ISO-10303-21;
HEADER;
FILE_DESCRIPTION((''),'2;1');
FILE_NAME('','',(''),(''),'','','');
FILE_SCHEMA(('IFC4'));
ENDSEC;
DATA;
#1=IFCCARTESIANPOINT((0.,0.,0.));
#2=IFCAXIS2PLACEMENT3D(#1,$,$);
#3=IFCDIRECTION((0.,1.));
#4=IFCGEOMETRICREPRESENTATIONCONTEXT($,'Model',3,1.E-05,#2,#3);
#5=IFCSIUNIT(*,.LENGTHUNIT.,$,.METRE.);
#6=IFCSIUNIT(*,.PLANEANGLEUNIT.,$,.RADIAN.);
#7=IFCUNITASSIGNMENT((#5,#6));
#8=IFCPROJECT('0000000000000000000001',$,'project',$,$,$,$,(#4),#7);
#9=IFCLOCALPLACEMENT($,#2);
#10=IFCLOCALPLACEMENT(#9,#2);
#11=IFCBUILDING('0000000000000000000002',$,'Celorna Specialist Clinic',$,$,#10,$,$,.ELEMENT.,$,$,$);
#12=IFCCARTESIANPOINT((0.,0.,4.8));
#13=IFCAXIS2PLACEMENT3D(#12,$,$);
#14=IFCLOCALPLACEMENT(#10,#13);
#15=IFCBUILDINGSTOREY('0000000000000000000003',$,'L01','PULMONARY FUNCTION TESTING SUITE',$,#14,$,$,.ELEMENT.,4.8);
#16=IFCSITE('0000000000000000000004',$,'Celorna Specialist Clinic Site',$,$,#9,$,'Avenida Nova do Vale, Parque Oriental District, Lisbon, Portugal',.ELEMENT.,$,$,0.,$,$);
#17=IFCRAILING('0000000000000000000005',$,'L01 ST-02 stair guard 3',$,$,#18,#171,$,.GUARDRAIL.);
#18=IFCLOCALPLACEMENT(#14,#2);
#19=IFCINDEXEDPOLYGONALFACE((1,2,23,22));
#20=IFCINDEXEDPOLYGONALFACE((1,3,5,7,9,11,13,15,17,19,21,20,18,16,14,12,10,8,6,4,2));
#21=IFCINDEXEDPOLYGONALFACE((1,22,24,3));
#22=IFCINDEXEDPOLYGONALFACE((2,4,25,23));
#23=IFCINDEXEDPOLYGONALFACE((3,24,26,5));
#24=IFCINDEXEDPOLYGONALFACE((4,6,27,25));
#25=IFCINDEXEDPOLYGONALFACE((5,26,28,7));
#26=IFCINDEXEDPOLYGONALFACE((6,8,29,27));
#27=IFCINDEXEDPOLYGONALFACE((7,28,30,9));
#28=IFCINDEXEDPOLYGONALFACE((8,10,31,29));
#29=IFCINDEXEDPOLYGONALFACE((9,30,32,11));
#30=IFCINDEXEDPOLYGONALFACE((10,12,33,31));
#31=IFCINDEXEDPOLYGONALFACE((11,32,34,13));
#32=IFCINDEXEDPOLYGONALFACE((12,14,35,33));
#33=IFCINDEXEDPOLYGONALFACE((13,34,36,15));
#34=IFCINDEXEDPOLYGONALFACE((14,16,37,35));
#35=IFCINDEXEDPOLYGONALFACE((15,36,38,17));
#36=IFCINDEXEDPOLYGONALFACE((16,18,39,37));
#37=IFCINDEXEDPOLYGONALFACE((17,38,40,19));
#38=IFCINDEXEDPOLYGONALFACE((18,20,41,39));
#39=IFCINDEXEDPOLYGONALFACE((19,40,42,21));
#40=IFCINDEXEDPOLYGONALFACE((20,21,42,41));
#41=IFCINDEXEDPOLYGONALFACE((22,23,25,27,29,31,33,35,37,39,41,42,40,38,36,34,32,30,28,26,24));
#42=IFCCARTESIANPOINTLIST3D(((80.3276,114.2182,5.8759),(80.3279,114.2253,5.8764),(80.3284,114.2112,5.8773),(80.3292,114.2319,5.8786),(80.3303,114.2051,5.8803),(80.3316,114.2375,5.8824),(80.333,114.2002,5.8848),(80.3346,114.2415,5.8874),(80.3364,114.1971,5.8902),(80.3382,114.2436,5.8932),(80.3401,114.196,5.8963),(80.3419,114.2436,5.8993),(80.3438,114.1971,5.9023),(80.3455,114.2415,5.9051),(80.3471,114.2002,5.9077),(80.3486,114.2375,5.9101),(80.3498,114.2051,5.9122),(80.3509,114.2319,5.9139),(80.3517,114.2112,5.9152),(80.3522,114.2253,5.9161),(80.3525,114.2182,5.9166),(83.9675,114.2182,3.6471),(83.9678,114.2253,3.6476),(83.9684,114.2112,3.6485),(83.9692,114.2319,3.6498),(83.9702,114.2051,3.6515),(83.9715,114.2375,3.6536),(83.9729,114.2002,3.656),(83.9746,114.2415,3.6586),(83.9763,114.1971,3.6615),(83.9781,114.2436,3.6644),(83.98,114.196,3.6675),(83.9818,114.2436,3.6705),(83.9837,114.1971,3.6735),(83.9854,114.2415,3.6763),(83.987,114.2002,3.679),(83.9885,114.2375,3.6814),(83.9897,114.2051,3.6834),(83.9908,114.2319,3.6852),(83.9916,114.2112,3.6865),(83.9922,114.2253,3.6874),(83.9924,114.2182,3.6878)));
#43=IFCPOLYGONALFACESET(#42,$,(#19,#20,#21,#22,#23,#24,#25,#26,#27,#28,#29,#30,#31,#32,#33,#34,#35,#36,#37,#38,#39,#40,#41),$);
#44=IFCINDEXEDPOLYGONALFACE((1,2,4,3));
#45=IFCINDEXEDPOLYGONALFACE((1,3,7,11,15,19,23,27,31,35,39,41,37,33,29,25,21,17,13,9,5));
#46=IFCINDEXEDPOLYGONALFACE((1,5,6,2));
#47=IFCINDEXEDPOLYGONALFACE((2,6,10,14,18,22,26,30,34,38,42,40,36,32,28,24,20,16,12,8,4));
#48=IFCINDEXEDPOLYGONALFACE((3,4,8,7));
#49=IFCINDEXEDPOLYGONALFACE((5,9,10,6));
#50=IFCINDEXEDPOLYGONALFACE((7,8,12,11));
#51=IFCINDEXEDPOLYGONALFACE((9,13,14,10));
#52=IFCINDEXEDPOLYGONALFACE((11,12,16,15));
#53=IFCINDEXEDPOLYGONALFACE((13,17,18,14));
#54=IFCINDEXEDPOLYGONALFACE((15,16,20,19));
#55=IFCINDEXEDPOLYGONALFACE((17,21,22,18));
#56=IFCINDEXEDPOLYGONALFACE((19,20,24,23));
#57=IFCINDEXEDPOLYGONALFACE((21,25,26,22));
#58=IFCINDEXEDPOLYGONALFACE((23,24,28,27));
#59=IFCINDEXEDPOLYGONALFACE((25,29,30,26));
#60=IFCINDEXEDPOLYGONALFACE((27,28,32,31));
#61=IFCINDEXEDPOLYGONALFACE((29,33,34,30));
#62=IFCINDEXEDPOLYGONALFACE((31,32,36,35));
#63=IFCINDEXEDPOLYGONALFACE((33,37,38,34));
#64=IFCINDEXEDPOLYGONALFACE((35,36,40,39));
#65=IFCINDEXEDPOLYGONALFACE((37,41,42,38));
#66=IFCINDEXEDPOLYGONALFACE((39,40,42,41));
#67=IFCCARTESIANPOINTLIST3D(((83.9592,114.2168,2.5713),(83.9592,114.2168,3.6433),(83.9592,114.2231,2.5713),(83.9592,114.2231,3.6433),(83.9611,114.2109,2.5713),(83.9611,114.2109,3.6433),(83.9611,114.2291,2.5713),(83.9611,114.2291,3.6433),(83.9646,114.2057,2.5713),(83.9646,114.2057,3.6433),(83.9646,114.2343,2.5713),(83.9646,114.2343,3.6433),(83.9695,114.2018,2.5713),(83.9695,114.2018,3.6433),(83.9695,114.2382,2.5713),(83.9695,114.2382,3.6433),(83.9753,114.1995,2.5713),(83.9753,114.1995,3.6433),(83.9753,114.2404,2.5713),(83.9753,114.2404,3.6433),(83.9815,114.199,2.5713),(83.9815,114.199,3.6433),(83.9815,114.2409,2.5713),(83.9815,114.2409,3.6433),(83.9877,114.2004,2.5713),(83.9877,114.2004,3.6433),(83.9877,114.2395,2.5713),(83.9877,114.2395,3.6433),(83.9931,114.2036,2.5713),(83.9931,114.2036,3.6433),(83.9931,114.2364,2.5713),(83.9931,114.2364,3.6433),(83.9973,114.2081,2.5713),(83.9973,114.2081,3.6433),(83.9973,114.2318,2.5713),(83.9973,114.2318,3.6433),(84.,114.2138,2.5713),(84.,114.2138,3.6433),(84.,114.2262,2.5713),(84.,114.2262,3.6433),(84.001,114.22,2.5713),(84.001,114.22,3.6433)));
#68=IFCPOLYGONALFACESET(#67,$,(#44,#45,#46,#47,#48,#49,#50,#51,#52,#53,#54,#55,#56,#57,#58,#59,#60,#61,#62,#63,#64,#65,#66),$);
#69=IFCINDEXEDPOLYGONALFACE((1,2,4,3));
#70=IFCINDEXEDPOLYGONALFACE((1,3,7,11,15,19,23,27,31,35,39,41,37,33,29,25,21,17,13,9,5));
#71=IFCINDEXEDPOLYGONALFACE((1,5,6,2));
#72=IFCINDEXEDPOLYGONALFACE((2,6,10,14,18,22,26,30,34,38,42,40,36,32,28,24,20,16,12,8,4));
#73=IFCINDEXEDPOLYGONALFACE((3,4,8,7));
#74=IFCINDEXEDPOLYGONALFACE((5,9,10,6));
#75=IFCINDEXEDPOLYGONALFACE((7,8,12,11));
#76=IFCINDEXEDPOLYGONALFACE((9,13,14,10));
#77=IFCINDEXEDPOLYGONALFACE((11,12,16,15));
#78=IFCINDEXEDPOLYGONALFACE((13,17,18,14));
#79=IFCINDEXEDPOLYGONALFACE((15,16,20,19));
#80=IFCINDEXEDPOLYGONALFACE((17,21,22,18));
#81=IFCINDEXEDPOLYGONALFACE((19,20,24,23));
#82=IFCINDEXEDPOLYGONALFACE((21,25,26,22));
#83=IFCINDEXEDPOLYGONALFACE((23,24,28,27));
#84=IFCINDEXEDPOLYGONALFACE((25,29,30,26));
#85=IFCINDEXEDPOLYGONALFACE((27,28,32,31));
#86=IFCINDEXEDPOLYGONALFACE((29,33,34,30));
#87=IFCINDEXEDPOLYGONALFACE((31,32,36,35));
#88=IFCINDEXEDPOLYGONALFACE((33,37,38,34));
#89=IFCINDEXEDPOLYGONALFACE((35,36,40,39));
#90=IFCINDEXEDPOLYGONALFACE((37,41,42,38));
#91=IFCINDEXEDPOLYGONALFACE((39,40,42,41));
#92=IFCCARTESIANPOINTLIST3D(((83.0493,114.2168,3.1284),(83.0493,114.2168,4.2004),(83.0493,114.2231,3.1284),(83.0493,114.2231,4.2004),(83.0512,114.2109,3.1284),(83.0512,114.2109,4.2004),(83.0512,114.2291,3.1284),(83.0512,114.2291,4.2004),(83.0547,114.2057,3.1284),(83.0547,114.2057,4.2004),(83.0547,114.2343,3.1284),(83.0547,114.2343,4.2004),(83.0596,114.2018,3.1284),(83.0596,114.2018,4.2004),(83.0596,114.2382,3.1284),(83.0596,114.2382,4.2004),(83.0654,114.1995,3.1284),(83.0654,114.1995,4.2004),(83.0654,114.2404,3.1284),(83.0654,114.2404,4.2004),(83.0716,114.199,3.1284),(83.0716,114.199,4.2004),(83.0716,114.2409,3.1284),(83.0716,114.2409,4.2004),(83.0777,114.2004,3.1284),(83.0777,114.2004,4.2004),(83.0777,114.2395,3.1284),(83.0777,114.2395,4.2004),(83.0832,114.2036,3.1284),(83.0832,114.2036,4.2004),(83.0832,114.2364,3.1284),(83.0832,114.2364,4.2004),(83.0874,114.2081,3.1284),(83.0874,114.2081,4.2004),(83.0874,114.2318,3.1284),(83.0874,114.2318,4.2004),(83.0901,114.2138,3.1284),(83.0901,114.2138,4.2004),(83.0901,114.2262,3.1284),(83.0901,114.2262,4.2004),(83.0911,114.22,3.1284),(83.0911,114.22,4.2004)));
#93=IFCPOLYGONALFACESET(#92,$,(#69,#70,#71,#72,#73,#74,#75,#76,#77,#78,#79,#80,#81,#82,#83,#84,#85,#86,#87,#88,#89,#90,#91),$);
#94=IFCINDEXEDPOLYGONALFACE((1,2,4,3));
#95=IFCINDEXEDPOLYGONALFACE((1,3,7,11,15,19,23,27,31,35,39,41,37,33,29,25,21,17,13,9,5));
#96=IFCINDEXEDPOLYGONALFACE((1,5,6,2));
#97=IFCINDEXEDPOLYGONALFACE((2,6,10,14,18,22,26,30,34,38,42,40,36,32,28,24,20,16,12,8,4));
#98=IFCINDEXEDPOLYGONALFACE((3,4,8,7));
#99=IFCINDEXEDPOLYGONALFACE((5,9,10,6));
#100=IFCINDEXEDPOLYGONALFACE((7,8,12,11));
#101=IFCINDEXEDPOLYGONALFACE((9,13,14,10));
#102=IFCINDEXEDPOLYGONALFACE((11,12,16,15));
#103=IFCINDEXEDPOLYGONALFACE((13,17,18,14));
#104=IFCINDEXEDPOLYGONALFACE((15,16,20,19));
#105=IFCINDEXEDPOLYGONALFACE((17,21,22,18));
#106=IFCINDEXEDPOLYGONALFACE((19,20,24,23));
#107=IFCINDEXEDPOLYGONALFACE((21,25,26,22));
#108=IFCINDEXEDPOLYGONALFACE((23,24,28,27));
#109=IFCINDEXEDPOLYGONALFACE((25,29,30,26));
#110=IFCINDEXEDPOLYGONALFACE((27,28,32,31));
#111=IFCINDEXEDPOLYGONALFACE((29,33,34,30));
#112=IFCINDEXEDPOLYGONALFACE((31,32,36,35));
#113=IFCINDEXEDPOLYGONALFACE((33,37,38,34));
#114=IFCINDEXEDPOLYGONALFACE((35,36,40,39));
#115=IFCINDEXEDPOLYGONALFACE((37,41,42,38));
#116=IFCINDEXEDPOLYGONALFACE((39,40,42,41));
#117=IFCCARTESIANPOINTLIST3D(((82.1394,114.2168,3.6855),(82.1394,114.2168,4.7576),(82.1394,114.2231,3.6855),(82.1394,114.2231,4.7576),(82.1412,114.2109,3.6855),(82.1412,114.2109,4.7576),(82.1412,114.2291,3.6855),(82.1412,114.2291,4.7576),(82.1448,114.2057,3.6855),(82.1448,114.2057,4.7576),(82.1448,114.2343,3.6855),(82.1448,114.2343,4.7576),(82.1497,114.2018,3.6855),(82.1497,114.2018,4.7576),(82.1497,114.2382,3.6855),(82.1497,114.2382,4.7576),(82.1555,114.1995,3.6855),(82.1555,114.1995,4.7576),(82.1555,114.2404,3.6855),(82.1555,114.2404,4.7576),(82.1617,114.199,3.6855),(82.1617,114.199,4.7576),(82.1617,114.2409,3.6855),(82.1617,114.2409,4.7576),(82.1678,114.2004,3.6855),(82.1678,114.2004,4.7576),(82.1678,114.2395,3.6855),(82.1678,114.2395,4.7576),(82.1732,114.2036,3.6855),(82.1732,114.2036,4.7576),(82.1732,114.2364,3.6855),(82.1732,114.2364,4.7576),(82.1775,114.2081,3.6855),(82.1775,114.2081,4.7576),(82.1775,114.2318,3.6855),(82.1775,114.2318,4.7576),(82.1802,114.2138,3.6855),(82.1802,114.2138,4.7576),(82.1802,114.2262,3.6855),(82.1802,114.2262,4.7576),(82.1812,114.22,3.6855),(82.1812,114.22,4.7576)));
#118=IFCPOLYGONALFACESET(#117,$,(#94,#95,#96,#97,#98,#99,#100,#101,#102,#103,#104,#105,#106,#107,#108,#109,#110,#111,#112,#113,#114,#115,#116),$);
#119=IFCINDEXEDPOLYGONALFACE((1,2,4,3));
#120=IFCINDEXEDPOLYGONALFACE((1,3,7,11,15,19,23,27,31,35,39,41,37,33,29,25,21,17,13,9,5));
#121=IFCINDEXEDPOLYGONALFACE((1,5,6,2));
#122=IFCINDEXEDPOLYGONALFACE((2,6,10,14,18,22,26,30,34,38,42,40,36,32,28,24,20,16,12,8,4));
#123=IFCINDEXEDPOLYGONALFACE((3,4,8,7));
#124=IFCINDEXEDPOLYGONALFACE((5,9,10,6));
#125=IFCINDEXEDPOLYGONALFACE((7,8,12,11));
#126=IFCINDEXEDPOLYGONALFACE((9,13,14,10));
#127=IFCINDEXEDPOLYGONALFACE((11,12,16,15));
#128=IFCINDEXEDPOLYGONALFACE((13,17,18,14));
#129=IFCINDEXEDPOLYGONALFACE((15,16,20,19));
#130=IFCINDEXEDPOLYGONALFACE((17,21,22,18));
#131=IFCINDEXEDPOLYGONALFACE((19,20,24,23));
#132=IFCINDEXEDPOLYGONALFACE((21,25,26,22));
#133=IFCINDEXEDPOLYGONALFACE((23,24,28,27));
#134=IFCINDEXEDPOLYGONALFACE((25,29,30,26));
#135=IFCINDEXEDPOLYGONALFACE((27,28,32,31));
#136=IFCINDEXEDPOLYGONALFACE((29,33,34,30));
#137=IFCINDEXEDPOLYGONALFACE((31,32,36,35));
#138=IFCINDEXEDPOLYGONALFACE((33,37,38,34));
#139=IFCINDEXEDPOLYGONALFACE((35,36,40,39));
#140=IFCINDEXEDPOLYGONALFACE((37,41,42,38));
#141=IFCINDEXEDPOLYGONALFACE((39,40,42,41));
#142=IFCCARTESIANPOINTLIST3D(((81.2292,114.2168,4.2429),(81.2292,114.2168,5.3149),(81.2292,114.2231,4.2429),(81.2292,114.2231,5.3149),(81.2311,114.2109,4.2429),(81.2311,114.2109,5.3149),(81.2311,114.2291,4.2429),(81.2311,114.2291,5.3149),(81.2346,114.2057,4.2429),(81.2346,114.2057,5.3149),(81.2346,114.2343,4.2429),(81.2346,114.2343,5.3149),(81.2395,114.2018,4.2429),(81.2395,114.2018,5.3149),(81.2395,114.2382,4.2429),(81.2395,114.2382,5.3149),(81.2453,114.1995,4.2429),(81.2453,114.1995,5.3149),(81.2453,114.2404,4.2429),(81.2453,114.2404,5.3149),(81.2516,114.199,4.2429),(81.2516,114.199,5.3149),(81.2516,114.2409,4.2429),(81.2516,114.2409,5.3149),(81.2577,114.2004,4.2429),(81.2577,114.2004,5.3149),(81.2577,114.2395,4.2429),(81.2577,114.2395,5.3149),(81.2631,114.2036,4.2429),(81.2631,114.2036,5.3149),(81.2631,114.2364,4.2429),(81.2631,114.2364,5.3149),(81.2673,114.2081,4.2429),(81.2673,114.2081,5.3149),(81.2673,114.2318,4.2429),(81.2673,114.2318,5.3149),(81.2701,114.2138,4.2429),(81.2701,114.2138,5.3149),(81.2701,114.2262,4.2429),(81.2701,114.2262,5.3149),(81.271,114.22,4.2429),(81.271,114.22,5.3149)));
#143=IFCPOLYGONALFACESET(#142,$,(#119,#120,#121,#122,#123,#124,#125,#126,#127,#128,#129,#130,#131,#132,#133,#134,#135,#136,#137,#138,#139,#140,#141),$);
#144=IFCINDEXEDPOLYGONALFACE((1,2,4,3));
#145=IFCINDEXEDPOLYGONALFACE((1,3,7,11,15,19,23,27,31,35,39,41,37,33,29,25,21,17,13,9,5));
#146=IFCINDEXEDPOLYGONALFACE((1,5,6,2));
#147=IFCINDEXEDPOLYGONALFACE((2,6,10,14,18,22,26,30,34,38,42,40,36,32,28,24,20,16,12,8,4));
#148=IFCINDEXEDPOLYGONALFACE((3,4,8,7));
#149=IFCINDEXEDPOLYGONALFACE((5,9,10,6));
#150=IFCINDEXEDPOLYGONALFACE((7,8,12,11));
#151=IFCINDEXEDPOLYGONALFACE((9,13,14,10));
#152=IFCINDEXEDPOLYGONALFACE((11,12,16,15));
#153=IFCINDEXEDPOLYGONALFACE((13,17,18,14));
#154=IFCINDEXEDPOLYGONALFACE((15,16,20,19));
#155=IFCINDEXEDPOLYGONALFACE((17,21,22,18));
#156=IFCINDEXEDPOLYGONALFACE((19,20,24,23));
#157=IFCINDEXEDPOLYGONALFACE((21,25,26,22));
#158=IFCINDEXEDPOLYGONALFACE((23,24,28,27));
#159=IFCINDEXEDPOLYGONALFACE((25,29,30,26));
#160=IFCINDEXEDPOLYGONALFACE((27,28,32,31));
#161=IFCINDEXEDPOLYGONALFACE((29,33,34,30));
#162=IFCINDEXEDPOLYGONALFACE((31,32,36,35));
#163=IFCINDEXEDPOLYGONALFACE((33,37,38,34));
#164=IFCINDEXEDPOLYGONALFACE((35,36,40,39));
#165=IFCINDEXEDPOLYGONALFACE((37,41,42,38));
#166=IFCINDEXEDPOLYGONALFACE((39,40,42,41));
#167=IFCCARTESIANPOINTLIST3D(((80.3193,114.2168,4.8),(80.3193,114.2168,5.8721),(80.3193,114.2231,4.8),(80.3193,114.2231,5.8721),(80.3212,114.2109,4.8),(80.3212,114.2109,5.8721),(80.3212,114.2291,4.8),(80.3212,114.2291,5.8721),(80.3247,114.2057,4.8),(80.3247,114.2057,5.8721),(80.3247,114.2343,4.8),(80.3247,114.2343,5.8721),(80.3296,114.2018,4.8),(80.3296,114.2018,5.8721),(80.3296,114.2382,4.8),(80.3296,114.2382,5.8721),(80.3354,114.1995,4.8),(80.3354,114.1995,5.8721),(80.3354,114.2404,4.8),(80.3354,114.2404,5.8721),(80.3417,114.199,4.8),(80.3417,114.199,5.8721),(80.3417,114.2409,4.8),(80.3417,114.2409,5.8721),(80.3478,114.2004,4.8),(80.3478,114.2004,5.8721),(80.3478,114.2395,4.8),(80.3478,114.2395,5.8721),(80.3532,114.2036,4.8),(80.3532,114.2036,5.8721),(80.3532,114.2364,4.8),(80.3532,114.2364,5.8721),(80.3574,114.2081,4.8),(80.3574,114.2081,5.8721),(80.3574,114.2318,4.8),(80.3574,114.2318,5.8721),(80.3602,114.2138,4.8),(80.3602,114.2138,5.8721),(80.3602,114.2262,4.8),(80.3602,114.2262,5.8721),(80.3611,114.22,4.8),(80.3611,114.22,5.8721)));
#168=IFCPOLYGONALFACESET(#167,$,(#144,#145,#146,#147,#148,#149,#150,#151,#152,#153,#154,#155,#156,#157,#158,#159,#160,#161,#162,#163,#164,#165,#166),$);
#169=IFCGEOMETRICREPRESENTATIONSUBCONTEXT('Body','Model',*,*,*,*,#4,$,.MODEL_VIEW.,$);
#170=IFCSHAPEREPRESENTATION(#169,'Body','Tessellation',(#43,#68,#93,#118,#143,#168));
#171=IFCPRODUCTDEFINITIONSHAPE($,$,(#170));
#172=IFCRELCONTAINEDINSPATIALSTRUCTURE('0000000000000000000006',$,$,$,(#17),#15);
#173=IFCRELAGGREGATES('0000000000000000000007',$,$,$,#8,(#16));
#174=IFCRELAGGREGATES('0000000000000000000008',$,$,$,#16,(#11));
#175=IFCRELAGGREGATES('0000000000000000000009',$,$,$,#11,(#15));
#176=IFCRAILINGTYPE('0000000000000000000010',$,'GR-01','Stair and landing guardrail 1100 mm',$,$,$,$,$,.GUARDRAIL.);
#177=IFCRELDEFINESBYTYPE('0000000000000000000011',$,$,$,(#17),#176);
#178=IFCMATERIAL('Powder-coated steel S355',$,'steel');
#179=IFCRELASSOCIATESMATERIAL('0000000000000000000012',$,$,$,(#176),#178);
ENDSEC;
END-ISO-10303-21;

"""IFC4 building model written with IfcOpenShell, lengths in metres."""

from ifc_helpers import new_model, si_unit, direction, frame, origin, origin_2d, place, context, subcontext, project, spatial, circle, extrude, material, type_object, element, save


model = new_model("IFC4")

# Units and contexts
model_context = context("Model", 3, precision=1e-05, world=origin(), true_north=direction((0.0, 1.0)))
body_context = subcontext(model_context, "Body", "Model", "MODEL_VIEW")
ifc_project = project(units=[si_unit("LENGTHUNIT", "METRE"), si_unit("PLANEANGLEUNIT", "RADIAN")], contexts=[model_context])

# Site, building, storey
site_placement = place(None, origin())
site = spatial("IfcSite", under=ifc_project, at=site_placement, Name="Celorna Specialist Clinic Site", LongName="Avenida Nova do Vale, Parque Oriental District, Lisbon, Portugal", CompositionType="ELEMENT", RefElevation=0.0)
building_placement = place(site_placement, origin())
building = spatial("IfcBuilding", under=site, at=building_placement, Name="Celorna Specialist Clinic", CompositionType="ELEMENT")
storey_placement = place(building_placement, frame((0.0, 0.0, 4.8)))
storey = spatial("IfcBuildingStorey", under=building, at=storey_placement, Name="L01", Description="PULMONARY FUNCTION TESTING SUITE", CompositionType="ELEMENT", Elevation=4.8)

# Railing
ifc_material_1 = material(Name="Powder-coated steel S355", Category="steel")
railing_type_1 = type_object("IfcRailingType", Name="GR-01", Description="Stair and landing guardrail 1100 mm", PredefinedType="GUARDRAIL", material=ifc_material_1)
railing_1_placement = place(storey_placement, frame((83.98, 114.22, 2.5713)))
element("IfcRailing", 1, at=railing_1_placement, inside=storey, type_object=railing_type_1, Name="L01 ST-02 stair guard 3", PredefinedType="GUARDRAIL", context=body_context, shape_type="SweptSolid", body=[
    extrude(circle(Radius=0.0239, at=origin_2d()), frame((0.0, 0.0, 1.0962), z_axis=(-0.852825, 0.0, 0.522197), x_axis=(0.0, -1.0, 0.0)), (0.0, 0.0, 1.0), 4.2681),
    extrude(circle(Radius=0.021, at=origin_2d()), origin(), (0.0, 0.0, 1.0), 1.072),
    extrude(circle(Radius=0.021, at=origin_2d()), frame((-0.9099, 0.0, 0.5571)), (0.0, 0.0, 1.0), 1.072),
    extrude(circle(Radius=0.021, at=origin_2d()), frame((-1.8198, 0.0, 1.1143)), (0.0, 0.0, 1.0), 1.072),
    extrude(circle(Radius=0.021, at=origin_2d()), frame((-2.73, 0.0, 1.6716)), (0.0, 0.0, 1.0), 1.072),
    extrude(circle(Radius=0.021, at=origin_2d()), frame((-3.6399, 0.0, 2.2288)), (0.0, 0.0, 1.0), 1.072),
])

save(model, "model.ifc")
